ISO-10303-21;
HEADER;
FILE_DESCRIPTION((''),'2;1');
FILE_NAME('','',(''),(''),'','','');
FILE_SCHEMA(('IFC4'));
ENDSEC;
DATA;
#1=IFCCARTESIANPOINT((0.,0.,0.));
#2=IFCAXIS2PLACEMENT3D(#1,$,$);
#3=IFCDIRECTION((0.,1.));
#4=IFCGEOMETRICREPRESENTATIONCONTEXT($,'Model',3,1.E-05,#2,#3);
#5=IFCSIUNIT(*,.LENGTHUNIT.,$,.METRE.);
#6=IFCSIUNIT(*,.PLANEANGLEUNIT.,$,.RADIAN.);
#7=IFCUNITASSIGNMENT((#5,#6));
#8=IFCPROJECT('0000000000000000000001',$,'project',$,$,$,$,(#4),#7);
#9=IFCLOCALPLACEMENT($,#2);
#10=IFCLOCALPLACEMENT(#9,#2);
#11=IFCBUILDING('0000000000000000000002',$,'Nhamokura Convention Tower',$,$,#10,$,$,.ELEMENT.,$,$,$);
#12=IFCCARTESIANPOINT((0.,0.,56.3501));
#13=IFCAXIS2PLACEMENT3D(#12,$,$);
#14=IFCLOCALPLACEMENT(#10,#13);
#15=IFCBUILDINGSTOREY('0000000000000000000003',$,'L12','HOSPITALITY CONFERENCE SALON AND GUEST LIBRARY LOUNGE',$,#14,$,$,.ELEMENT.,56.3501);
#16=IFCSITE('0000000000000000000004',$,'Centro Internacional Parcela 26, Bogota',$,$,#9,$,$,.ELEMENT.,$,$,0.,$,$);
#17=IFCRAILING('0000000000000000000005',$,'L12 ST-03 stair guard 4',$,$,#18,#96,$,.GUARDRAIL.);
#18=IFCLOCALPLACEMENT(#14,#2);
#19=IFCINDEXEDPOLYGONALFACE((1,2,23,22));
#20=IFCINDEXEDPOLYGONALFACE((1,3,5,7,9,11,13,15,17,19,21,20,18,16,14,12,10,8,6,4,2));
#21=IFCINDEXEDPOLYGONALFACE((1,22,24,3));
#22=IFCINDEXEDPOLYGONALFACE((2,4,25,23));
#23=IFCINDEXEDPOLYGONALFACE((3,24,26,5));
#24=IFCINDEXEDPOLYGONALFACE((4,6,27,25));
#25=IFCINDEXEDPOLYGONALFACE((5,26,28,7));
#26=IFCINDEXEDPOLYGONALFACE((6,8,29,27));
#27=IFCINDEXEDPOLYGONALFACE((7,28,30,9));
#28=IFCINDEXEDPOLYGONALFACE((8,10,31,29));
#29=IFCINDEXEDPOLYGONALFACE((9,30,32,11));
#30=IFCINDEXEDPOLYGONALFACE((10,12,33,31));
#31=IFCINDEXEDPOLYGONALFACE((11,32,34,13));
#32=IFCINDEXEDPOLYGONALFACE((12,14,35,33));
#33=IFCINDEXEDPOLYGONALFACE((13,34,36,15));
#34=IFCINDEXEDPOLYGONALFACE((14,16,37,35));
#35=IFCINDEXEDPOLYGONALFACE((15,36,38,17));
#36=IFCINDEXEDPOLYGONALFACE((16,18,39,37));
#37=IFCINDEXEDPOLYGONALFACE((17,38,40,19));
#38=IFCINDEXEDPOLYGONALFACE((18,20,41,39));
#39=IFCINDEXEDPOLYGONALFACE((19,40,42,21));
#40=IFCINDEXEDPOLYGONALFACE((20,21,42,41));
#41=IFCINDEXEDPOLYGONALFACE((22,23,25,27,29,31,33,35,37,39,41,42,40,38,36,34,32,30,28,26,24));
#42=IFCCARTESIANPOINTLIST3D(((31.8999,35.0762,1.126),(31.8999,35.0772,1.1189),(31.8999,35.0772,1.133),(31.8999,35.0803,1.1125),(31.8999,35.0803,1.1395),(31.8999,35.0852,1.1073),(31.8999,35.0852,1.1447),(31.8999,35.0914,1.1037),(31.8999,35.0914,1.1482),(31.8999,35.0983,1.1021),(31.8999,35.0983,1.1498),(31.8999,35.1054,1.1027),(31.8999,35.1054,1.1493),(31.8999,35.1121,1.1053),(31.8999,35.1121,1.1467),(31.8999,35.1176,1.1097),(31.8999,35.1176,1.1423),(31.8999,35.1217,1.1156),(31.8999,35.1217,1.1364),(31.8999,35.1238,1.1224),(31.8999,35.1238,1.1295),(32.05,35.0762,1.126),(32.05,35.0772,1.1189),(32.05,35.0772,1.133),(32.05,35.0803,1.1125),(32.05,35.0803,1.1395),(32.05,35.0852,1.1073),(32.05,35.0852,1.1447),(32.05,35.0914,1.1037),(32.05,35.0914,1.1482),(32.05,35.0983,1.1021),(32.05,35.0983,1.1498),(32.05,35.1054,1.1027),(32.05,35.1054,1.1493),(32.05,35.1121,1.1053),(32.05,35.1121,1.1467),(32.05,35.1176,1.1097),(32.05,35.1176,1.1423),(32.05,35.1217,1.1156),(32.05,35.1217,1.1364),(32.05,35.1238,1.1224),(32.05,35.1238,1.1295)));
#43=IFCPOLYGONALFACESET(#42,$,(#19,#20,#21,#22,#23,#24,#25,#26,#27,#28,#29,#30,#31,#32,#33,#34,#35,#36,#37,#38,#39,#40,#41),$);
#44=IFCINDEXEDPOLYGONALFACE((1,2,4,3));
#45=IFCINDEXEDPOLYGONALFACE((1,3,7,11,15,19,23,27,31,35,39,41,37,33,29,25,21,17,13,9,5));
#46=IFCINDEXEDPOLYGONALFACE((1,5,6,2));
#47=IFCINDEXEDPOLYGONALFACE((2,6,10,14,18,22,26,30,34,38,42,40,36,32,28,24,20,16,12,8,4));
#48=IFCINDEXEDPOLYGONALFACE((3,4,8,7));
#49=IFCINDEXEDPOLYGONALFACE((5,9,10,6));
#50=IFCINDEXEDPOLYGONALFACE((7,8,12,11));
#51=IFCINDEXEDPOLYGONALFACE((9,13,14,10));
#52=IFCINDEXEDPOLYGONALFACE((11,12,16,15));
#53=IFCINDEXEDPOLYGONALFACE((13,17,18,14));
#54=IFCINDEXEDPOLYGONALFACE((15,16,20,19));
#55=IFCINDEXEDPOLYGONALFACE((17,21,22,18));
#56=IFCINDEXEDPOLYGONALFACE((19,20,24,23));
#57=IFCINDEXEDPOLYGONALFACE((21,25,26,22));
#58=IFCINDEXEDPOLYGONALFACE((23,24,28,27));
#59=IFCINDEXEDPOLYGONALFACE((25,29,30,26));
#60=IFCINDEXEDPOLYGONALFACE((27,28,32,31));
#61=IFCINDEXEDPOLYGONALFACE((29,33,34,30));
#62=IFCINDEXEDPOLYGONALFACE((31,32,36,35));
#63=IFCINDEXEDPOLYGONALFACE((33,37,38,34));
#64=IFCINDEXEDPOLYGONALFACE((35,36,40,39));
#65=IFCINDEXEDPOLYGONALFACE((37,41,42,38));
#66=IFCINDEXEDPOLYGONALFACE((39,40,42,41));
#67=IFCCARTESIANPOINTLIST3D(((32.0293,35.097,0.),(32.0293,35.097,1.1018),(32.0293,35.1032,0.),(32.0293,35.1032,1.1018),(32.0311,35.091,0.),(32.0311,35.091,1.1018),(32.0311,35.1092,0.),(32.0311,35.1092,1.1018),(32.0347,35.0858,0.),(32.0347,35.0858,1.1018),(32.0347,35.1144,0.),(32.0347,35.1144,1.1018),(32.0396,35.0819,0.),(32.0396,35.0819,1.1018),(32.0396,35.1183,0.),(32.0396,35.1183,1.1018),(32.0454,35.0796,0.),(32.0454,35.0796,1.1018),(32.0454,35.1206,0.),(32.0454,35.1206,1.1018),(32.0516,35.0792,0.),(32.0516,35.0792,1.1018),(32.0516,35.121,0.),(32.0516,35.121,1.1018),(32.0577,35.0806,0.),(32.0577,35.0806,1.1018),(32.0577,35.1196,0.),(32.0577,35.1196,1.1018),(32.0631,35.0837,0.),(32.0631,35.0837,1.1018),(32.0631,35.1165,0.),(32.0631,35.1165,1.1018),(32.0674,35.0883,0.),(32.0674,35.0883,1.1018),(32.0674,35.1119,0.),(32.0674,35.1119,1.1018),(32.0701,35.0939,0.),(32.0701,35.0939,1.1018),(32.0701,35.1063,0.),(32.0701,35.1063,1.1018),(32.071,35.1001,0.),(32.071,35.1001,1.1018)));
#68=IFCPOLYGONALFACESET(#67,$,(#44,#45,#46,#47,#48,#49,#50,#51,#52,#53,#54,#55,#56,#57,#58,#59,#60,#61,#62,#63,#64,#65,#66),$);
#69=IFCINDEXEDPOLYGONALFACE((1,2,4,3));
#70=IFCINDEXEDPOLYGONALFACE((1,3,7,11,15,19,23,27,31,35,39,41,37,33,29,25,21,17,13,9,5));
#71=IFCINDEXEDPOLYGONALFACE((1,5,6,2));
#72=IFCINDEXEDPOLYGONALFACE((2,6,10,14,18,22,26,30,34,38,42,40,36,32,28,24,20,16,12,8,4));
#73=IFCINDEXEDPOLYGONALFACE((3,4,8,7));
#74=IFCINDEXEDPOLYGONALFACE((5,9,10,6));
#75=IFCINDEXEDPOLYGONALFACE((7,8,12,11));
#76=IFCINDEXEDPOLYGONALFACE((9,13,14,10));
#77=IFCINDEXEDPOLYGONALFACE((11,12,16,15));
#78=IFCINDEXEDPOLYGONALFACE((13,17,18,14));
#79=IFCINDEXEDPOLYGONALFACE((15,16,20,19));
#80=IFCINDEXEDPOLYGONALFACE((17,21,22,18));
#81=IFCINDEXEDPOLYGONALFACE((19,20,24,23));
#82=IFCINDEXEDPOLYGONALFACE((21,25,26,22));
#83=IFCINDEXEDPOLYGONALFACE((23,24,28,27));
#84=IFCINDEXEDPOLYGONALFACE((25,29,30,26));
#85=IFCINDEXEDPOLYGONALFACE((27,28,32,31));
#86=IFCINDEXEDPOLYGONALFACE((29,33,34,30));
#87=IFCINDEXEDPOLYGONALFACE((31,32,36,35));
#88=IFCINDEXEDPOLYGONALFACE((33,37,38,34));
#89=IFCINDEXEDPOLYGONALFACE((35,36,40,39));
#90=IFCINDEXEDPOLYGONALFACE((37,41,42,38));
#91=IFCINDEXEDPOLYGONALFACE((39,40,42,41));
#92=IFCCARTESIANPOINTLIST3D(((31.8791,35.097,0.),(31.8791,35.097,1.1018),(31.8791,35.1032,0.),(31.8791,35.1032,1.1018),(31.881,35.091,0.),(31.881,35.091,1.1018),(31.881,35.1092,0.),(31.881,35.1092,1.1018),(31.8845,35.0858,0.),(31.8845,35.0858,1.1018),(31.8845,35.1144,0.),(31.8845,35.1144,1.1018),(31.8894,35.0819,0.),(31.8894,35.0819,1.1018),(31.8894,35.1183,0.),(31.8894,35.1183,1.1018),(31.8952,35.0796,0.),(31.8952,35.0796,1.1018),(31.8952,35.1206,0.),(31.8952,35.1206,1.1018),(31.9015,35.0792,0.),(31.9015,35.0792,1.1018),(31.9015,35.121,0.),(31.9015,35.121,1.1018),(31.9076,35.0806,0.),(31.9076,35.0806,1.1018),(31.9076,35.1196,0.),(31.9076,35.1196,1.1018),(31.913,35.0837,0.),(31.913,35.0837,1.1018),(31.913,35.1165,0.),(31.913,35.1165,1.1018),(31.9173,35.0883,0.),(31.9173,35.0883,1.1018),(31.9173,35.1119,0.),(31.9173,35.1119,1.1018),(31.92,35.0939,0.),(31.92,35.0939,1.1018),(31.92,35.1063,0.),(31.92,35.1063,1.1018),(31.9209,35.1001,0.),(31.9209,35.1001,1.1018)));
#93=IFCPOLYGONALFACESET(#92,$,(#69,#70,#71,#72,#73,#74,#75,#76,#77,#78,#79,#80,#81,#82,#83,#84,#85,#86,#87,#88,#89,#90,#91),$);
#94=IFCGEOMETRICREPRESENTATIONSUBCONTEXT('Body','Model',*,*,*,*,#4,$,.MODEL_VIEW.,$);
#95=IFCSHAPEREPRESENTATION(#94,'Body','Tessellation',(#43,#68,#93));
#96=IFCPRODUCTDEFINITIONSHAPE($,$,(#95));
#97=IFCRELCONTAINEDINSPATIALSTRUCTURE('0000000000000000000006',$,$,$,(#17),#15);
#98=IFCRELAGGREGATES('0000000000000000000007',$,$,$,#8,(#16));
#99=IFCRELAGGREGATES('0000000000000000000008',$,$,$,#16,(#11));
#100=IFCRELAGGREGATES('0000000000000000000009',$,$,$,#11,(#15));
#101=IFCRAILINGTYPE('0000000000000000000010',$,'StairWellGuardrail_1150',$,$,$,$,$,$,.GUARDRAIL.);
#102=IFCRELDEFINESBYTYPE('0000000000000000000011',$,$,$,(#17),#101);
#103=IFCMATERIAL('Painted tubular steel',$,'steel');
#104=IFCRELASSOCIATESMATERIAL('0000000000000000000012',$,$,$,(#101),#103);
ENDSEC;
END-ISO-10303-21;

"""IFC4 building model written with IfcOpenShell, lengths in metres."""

from ifc_helpers import new_model, si_unit, direction, frame, origin, origin_2d, place, context, subcontext, project, spatial, circle, extrude, material, type_object, element, save


model = new_model("IFC4")

# Units and contexts
model_context = context("Model", 3, precision=1e-05, world=origin(), true_north=direction((0.0, 1.0)))
body_context = subcontext(model_context, "Body", "Model", "MODEL_VIEW")
ifc_project = project(units=[si_unit("LENGTHUNIT", "METRE"), si_unit("PLANEANGLEUNIT", "RADIAN")], contexts=[model_context])

# Site, building, storey
site_placement = place(None, origin())
site = spatial("IfcSite", under=ifc_project, at=site_placement, Name="Centro Internacional Parcela 26, Bogota", CompositionType="ELEMENT", RefElevation=0.0)
building_placement = place(site_placement, origin())
building = spatial("IfcBuilding", under=site, at=building_placement, Name="Nhamokura Convention Tower", CompositionType="ELEMENT")
storey_placement = place(building_placement, frame((0.0, 0.0, 56.3501)))
storey = spatial("IfcBuildingStorey", under=building, at=storey_placement, Name="L12", Description="HOSPITALITY CONFERENCE SALON AND GUEST LIBRARY LOUNGE", CompositionType="ELEMENT", Elevation=56.3501)

# Railing
ifc_material_1 = material(Name="Painted tubular steel", Category="steel")
railing_type_1 = type_object("IfcRailingType", Name="StairWellGuardrail_1150", PredefinedType="GUARDRAIL", material=ifc_material_1)
railing_1_placement = place(storey_placement, frame((32.05, 35.1001, 0.0)))
element("IfcRailing", 1, at=railing_1_placement, inside=storey, type_object=railing_type_1, Name="L12 ST-03 stair guard 4", PredefinedType="GUARDRAIL", context=body_context, shape_type="SweptSolid", body=[
    extrude(circle(Radius=0.0239, at=origin_2d()), frame((0.0, 0.0, 1.126), z_axis=(-1.0, 0.0, 0.0), x_axis=(0.0, -1.0, 0.0)), (0.0, 0.0, 1.0), 0.1501),
    extrude(circle(Radius=0.021, at=origin_2d()), origin(), (0.0, 0.0, 1.0), 1.1018),
    extrude(circle(Radius=0.021, at=origin_2d()), frame((-0.1501, 0.0, 0.0)), (0.0, 0.0, 1.0), 1.1018),
])

save(model, "model.ifc")
